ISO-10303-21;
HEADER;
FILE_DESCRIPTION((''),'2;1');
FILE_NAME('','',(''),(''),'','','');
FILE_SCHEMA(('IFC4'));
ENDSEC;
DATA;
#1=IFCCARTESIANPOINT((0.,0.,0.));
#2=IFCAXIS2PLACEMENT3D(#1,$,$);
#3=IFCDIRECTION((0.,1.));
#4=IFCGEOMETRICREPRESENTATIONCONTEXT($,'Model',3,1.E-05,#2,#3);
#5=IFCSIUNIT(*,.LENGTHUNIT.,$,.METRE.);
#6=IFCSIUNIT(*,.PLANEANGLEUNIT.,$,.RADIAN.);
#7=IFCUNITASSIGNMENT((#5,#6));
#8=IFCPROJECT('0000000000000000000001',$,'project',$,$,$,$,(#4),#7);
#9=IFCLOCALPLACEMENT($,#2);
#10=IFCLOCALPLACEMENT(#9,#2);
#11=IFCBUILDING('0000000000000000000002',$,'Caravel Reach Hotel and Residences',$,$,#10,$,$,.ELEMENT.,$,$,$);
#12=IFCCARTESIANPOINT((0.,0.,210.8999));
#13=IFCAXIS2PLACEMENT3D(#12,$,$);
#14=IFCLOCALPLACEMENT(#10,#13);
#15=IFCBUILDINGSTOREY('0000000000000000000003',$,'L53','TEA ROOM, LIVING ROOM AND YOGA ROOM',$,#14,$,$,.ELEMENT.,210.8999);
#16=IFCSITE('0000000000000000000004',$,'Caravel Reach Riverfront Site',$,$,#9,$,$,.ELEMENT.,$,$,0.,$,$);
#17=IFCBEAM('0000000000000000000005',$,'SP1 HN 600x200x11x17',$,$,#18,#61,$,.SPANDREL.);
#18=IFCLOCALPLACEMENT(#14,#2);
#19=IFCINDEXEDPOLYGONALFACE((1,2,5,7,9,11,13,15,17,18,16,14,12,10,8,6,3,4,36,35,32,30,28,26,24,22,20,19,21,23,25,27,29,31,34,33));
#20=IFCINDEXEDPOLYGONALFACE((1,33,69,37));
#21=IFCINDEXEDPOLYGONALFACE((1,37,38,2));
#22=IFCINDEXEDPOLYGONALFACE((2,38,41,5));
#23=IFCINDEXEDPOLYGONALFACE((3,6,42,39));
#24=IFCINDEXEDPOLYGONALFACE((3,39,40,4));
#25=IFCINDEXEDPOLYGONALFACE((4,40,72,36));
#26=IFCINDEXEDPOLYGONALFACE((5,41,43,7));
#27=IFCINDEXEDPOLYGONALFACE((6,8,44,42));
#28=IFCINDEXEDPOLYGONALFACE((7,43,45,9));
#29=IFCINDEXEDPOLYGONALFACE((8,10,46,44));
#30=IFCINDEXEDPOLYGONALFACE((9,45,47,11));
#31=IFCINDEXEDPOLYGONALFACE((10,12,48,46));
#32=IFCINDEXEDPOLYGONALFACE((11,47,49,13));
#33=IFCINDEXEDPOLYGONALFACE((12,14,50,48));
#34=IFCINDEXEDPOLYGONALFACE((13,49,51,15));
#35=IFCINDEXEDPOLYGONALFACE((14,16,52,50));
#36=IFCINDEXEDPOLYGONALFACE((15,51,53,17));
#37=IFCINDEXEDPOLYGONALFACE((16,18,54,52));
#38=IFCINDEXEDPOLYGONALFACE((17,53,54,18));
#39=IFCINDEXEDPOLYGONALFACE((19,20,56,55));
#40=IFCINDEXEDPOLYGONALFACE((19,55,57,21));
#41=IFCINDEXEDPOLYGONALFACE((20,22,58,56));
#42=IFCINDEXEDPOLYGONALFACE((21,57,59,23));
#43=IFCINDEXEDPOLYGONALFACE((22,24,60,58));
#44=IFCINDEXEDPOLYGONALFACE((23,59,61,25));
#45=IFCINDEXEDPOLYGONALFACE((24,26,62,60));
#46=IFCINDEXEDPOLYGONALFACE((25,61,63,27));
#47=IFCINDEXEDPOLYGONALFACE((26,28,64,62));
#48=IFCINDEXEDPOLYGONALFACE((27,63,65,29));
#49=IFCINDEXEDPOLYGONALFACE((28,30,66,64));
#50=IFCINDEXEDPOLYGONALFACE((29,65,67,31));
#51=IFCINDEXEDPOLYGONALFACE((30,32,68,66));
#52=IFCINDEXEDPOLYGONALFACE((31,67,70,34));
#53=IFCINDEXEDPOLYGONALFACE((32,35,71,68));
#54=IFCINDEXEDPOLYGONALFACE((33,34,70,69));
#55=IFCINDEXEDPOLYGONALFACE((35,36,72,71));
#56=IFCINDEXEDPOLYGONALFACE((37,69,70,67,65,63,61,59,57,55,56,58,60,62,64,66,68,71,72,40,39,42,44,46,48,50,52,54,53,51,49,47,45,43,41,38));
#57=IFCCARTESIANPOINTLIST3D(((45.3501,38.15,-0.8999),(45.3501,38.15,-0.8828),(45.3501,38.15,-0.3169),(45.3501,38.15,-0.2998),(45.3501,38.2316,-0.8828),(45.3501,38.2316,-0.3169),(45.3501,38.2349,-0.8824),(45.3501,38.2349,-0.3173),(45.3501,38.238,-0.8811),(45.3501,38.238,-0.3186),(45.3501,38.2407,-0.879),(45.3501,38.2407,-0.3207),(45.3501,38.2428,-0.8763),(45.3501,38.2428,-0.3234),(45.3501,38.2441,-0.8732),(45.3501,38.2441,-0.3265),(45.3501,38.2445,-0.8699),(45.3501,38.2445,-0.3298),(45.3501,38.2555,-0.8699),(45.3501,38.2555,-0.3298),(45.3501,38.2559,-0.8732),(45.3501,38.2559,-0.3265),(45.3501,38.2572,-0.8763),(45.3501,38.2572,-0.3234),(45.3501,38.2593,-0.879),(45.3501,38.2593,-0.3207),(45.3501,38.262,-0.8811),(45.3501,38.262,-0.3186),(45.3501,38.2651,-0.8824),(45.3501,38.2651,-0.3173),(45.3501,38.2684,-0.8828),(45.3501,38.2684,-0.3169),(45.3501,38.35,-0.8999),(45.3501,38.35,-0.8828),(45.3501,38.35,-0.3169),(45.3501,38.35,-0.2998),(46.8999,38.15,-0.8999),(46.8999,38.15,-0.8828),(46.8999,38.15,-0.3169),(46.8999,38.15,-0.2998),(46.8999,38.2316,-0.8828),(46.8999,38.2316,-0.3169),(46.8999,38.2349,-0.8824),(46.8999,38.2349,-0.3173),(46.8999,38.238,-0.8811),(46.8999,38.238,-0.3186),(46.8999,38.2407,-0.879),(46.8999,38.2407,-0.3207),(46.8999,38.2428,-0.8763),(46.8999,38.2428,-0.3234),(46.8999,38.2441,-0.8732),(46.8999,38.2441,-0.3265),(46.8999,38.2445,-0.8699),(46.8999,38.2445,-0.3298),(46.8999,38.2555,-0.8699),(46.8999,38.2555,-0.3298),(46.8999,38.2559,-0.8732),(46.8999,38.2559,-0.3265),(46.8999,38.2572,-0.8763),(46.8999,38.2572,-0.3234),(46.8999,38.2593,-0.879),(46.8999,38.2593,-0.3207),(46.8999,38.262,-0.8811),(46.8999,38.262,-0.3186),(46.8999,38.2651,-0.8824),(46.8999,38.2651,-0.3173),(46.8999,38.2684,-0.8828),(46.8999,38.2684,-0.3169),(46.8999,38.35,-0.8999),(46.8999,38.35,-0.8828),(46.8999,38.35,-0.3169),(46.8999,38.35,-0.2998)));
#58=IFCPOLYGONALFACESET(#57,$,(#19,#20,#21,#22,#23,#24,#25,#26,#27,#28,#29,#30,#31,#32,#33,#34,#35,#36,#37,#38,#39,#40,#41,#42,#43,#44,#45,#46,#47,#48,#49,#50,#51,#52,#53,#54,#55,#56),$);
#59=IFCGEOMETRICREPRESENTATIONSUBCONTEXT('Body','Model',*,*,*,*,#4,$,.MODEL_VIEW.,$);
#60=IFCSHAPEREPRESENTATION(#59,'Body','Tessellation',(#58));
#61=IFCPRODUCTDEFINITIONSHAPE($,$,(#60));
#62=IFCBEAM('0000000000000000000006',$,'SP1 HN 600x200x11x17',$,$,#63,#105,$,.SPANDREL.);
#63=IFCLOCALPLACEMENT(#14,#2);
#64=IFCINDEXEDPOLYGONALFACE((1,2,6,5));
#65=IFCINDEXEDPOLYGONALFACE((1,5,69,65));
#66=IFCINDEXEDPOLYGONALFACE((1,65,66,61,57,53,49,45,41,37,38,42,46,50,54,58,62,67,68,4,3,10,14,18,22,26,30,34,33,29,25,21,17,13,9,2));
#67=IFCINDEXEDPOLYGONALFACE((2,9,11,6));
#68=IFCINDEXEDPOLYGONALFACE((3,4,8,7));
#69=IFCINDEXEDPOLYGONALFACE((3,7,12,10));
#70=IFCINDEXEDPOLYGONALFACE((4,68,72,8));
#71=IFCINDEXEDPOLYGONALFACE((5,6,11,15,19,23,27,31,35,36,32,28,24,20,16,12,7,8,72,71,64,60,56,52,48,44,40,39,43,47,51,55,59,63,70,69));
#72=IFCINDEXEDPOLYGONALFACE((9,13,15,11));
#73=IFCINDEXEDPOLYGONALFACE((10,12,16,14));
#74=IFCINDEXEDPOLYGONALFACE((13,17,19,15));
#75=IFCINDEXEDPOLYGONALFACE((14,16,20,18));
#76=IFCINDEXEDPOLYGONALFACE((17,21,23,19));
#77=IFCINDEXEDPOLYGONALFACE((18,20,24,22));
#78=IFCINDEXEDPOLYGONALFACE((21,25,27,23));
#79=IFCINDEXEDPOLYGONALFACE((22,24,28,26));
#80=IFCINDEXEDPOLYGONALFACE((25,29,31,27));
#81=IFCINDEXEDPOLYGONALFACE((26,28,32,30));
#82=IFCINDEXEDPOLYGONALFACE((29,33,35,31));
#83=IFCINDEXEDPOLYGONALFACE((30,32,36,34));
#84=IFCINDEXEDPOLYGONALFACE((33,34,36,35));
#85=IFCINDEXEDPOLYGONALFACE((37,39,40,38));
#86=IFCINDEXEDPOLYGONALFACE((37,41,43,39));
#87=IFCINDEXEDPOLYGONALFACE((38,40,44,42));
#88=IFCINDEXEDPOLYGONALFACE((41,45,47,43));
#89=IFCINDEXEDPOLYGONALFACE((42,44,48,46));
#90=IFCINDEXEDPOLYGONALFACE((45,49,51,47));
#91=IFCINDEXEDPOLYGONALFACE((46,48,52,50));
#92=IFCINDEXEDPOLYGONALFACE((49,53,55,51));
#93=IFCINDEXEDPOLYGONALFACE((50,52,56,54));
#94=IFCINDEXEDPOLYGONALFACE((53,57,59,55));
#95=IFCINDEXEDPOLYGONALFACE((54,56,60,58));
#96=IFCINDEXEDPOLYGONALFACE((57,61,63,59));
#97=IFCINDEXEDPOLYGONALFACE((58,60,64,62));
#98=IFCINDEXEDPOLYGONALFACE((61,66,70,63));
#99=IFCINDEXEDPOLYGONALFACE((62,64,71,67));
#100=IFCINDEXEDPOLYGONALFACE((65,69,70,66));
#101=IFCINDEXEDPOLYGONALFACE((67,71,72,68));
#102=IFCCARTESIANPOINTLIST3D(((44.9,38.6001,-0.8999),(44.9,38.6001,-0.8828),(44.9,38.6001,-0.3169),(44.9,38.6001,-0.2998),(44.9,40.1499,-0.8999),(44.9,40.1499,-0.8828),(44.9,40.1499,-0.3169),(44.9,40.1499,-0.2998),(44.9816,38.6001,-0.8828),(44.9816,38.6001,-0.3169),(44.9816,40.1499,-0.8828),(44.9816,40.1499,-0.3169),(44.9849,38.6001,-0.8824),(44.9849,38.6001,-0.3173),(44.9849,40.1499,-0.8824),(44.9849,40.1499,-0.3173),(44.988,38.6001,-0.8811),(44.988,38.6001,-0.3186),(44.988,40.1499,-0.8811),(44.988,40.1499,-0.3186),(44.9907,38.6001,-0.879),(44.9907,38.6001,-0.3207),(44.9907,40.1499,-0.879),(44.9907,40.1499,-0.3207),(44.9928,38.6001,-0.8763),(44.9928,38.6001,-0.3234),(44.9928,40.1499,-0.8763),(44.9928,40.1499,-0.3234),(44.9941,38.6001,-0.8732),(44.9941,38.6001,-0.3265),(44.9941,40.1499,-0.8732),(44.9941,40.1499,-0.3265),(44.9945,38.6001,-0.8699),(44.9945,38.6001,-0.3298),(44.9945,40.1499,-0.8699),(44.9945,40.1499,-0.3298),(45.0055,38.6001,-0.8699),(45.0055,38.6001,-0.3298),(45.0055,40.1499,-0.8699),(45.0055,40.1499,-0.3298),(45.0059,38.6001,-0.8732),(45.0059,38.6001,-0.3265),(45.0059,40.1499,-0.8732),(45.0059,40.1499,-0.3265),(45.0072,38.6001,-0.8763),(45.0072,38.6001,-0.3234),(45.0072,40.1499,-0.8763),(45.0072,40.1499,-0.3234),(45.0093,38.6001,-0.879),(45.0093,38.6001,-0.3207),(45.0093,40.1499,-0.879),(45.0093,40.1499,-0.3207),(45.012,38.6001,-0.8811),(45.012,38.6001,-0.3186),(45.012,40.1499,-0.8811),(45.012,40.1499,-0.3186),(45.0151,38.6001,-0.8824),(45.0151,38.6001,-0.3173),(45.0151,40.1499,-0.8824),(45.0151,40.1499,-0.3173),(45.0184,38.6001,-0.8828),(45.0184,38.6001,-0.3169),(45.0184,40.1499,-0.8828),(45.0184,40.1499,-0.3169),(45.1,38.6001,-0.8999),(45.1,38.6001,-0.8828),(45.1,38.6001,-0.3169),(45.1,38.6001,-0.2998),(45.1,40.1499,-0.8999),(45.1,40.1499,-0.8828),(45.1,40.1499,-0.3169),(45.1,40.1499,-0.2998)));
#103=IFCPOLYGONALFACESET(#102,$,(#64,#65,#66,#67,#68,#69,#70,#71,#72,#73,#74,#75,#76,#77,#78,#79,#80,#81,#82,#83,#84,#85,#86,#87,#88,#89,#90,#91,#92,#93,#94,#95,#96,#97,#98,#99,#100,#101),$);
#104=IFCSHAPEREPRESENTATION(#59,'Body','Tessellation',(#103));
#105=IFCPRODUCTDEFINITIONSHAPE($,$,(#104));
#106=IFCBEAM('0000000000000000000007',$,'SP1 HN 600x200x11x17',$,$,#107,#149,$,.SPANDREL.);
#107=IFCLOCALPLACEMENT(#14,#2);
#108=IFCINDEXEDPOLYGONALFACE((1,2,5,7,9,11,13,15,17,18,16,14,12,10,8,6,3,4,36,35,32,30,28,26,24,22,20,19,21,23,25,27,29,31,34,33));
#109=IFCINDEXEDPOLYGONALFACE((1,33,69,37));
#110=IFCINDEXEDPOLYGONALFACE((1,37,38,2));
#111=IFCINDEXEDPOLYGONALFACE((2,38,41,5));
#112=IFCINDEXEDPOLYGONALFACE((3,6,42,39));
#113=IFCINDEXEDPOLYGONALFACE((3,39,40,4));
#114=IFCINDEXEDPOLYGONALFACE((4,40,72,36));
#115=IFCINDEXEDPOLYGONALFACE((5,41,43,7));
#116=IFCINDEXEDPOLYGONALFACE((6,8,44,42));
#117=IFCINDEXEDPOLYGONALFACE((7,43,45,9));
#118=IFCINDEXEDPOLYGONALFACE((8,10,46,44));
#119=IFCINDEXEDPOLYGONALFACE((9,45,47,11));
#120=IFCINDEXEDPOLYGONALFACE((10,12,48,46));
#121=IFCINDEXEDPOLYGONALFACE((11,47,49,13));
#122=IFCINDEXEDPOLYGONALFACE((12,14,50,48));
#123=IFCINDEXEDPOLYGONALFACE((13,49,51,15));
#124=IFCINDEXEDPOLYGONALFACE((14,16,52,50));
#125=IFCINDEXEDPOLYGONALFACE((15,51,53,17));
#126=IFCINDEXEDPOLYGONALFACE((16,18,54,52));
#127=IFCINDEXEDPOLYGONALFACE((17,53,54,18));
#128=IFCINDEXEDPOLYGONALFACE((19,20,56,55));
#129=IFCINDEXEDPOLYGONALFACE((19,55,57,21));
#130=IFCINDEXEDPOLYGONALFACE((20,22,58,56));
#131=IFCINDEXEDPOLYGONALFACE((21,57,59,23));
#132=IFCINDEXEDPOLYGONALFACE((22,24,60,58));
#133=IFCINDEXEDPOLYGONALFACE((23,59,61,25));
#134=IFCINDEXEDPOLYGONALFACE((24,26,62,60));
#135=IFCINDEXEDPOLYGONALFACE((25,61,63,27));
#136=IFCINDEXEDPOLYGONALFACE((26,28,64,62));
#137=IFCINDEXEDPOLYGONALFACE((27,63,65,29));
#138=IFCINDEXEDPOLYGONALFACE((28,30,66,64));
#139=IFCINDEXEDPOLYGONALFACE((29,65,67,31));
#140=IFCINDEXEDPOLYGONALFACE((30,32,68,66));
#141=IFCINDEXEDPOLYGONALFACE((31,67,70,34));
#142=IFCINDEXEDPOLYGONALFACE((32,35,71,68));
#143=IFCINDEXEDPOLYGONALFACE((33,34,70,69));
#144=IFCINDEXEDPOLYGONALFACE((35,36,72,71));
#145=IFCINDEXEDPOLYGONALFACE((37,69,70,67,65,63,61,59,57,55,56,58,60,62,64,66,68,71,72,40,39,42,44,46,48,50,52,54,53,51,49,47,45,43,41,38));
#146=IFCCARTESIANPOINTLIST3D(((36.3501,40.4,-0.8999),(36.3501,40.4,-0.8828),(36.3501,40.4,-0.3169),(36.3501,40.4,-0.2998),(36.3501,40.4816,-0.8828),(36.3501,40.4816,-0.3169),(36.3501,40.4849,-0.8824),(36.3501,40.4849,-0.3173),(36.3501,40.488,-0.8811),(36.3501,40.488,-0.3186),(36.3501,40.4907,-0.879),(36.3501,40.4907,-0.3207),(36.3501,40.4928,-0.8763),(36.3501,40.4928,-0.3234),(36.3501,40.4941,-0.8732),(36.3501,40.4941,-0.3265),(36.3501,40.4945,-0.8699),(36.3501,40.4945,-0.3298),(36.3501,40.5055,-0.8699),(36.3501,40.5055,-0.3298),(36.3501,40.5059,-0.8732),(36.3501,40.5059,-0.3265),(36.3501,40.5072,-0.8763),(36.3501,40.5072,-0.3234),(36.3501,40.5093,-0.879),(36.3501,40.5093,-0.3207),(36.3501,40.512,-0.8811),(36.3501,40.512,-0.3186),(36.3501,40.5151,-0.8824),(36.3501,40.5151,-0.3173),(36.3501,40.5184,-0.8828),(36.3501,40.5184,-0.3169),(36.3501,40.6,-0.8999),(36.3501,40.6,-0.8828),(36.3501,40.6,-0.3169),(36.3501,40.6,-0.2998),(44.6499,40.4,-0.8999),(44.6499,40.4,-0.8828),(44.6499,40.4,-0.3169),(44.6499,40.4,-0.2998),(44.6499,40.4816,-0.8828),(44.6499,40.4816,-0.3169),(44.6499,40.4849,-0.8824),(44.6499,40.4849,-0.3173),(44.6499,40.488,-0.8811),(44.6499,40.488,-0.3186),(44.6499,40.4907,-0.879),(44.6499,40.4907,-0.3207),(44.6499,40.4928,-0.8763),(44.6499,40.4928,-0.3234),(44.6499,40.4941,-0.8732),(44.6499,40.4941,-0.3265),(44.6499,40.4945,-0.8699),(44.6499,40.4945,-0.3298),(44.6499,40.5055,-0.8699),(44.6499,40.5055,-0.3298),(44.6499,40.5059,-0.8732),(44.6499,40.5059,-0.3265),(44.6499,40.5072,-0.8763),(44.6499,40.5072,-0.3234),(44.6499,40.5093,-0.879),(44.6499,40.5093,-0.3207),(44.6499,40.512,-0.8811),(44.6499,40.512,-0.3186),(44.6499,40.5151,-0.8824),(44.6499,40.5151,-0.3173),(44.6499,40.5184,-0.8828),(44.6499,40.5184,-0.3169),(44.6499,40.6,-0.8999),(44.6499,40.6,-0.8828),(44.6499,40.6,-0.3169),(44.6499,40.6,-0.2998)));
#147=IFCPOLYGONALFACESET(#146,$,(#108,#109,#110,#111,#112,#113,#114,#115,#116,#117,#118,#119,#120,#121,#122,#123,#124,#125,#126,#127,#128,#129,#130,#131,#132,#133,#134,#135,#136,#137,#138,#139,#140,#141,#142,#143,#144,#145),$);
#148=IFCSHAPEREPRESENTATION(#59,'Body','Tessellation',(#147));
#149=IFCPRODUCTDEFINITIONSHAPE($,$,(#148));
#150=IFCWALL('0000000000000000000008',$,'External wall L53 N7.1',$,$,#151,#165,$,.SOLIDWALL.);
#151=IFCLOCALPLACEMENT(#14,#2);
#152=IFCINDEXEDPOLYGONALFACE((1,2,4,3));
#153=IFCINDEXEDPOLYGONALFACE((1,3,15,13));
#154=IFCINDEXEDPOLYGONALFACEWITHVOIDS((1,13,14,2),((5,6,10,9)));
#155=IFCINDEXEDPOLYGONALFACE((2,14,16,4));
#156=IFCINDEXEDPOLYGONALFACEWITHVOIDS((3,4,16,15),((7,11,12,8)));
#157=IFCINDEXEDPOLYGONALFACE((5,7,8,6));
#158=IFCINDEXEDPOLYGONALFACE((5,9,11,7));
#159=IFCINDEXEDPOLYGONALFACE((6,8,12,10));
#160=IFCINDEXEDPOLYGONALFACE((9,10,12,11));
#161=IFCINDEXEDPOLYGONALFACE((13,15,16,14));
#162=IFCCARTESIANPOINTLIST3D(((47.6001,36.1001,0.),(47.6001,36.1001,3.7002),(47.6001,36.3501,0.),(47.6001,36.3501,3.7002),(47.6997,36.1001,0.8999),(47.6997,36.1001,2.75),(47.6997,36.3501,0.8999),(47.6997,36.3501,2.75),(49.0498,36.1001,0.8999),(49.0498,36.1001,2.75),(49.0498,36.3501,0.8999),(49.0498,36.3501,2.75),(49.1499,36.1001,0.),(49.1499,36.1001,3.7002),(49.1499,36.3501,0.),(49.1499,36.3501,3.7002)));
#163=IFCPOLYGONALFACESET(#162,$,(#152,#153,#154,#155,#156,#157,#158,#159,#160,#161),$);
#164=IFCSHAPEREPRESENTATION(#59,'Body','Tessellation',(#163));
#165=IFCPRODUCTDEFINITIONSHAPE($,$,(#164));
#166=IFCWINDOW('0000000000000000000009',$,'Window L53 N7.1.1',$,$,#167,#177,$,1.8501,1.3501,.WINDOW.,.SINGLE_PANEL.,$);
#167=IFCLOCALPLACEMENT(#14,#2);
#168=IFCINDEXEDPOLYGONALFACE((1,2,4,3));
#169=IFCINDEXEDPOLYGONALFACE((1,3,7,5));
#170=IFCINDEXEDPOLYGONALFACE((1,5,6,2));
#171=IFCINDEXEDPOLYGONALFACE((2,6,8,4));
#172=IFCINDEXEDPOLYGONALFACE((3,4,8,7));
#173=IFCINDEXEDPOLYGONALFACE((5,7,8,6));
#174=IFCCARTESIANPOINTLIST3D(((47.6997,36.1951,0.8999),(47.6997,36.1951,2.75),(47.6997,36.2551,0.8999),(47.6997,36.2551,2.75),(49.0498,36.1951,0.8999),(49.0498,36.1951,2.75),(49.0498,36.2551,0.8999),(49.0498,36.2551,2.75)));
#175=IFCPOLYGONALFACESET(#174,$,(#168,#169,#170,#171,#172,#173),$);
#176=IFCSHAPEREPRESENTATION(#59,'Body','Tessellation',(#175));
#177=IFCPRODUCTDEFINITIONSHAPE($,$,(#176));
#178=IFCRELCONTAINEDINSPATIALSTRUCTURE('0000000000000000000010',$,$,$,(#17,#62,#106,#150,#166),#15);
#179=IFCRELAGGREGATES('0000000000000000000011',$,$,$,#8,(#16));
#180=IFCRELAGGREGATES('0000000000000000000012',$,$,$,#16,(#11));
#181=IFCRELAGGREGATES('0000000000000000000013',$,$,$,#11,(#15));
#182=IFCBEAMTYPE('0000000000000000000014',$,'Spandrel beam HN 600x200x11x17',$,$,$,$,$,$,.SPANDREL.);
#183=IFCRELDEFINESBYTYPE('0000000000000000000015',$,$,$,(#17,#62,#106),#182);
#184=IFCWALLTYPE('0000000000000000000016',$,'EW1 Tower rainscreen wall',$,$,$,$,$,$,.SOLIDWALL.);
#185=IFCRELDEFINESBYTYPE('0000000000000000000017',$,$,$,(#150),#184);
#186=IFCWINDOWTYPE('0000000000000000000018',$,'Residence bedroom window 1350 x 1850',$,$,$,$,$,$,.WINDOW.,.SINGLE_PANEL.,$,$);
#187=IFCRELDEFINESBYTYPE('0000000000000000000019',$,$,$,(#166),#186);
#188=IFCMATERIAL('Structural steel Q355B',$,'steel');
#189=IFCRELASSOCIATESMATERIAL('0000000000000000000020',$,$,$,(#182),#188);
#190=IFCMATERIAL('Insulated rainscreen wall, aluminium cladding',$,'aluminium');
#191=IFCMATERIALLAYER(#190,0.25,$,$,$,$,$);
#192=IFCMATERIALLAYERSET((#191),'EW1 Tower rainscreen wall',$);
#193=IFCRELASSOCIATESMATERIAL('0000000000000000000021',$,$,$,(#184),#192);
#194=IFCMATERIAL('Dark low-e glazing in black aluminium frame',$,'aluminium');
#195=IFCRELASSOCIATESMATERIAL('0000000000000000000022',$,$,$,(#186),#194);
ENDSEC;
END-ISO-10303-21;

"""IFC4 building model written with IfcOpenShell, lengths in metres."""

from ifc_helpers import new_model, si_unit, direction, frame, frame_2d, origin, origin_2d, place, context, subcontext, project, spatial, rectangle, i_section, extrude, material, layer, layer_set, material_profile, profile_set, type_object, element, fill, save


model = new_model("IFC4")

# Units and contexts
model_context = context("Model", 3, precision=1e-05, world=origin(), true_north=direction((0.0, 1.0)))
body_context = subcontext(model_context, "Body", "Model", "MODEL_VIEW")
ifc_project = project(units=[si_unit("LENGTHUNIT", "METRE"), si_unit("PLANEANGLEUNIT", "RADIAN")], contexts=[model_context])

# Site, building, storey
site_placement = place(None, origin())
site = spatial("IfcSite", under=ifc_project, at=site_placement, Name="Caravel Reach Riverfront Site", CompositionType="ELEMENT", RefElevation=0.0)
building_placement = place(site_placement, origin())
building = spatial("IfcBuilding", under=site, at=building_placement, Name="Caravel Reach Hotel and Residences", CompositionType="ELEMENT")
storey_placement = place(building_placement, frame((0.0, 0.0, 210.8999)))
storey = spatial("IfcBuildingStorey", under=building, at=storey_placement, Name="L53", Description="TEA ROOM, LIVING ROOM AND YOGA ROOM", CompositionType="ELEMENT", Elevation=210.8999)

# Beams
ifc_material_1 = material(Name="Structural steel Q355B", Category="steel")
ifc_material_profile_1 = material_profile(ifc_material_1, i_section(OverallWidth=0.2, OverallDepth=0.6001, WebThickness=0.011, FlangeThickness=0.0171, FilletRadius=0.0129, at=origin_2d()), Name="HN 600x200x11x17")
ifc_profile_set_1 = profile_set([ifc_material_profile_1], Name="Structural steel Q355B")
beam_type = type_object("IfcBeamType", Name="Spandrel beam HN 600x200x11x17", PredefinedType="SPANDREL", material=ifc_profile_set_1)
for number, where, z_axis, x_axis, name in (
    (1, (46.8999, 38.25, -0.5999), (-1.0, 0.0, 0.0), (0.0, -1.0, 0.0), "SP1 HN 600x200x11x17"),
    (2, (45.0, 38.6001, -0.5999), (0.0, 1.0, 0.0), (-1.0, 0.0, 0.0), "SP1 HN 600x200x11x17"),
):
    element("IfcBeam", number, at=place(storey_placement, frame(where, z_axis=z_axis, x_axis=x_axis)), inside=storey, type_object=beam_type, Name=name, PredefinedType="SPANDREL", context=body_context, shape_type="SweptSolid", body=[
        extrude(i_section(OverallWidth=0.2, OverallDepth=0.6001, WebThickness=0.011, FlangeThickness=0.0171, FilletRadius=0.0129, at=origin_2d()), origin(), (0.0, 0.0, 1.0), 1.5498),
    ])
beam_placement = place(storey_placement, frame((44.6499, 40.5, -0.5999), z_axis=(-1.0, 0.0, 0.0), x_axis=(0.0, -1.0, 0.0)))
element("IfcBeam", 3, at=beam_placement, inside=storey, type_object=beam_type, Name="SP1 HN 600x200x11x17", PredefinedType="SPANDREL", context=body_context, shape_type="SweptSolid", body=[
    extrude(i_section(OverallWidth=0.2, OverallDepth=0.6001, WebThickness=0.011, FlangeThickness=0.0171, FilletRadius=0.0129, at=origin_2d()), origin(), (0.0, 0.0, 1.0), 8.2998),
])

# Wall, opening, window
ifc_material_2 = material(Name="Insulated rainscreen wall, aluminium cladding", Category="aluminium")
ifc_layer_1 = layer(ifc_material_2, 0.25)
ifc_layer_set_1 = layer_set([ifc_layer_1], Name="EW1 Tower rainscreen wall")
wall_type_1 = type_object("IfcWallType", Name="EW1 Tower rainscreen wall", PredefinedType="SOLIDWALL", material=ifc_layer_set_1)
wall_1_placement = place(storey_placement, frame((49.1499, 36.2251, 0.0), z_axis=(0.0, 0.0, 1.0), x_axis=(-1.0, 0.0, 0.0)))
wall_1 = element("IfcWall", 4, at=wall_1_placement, inside=storey, type_object=wall_type_1, Name="External wall L53 N7.1", PredefinedType="SOLIDWALL", context=body_context, shape_type="SweptSolid", body=[
    extrude(rectangle(XDim=1.5498, YDim=0.25, at=frame_2d((0.7749, 0.0))), origin(), (0.0, 0.0, 1.0), 3.7002),
])
opening_1_placement = place(wall_1_placement, frame((0.1001, 0.0, 0.8999)))
opening_1 = element("IfcOpeningElement", 5, at=opening_1_placement, cuts=wall_1, PredefinedType="OPENING", context=body_context, shape_type="SweptSolid", body=[
    extrude(rectangle(XDim=1.3501, YDim=1.8501, at=frame_2d((0.675, 0.925))), frame((0.0, 0.135, 0.0), z_axis=(0.0, -1.0, 0.0), x_axis=(1.0, 0.0, 0.0)), (0.0, 0.0, 1.0), 0.27),
])
ifc_material_3 = material(Name="Dark low-e glazing in black aluminium frame", Category="aluminium")
window_type_1 = type_object("IfcWindowType", Name="Residence bedroom window 1350 x 1850", PartitioningType="SINGLE_PANEL", PredefinedType="WINDOW", material=ifc_material_3)
window_1_placement = place(opening_1_placement, origin())
window_1 = element("IfcWindow", 6, at=window_1_placement, inside=storey, type_object=window_type_1, Name="Window L53 N7.1.1", OverallHeight=1.8501, OverallWidth=1.3501, PartitioningType="SINGLE_PANEL", PredefinedType="WINDOW", context=body_context, shape_type="SweptSolid", body=[
    extrude(rectangle(XDim=1.3501, YDim=1.8501, at=frame_2d((0.675, 0.925))), frame((0.0, 0.03, 0.0), z_axis=(0.0, -1.0, 0.0), x_axis=(1.0, 0.0, 0.0)), (0.0, 0.0, 1.0), 0.0601),
])
fill(opening_1, window_1)

save(model, "model.ifc")
